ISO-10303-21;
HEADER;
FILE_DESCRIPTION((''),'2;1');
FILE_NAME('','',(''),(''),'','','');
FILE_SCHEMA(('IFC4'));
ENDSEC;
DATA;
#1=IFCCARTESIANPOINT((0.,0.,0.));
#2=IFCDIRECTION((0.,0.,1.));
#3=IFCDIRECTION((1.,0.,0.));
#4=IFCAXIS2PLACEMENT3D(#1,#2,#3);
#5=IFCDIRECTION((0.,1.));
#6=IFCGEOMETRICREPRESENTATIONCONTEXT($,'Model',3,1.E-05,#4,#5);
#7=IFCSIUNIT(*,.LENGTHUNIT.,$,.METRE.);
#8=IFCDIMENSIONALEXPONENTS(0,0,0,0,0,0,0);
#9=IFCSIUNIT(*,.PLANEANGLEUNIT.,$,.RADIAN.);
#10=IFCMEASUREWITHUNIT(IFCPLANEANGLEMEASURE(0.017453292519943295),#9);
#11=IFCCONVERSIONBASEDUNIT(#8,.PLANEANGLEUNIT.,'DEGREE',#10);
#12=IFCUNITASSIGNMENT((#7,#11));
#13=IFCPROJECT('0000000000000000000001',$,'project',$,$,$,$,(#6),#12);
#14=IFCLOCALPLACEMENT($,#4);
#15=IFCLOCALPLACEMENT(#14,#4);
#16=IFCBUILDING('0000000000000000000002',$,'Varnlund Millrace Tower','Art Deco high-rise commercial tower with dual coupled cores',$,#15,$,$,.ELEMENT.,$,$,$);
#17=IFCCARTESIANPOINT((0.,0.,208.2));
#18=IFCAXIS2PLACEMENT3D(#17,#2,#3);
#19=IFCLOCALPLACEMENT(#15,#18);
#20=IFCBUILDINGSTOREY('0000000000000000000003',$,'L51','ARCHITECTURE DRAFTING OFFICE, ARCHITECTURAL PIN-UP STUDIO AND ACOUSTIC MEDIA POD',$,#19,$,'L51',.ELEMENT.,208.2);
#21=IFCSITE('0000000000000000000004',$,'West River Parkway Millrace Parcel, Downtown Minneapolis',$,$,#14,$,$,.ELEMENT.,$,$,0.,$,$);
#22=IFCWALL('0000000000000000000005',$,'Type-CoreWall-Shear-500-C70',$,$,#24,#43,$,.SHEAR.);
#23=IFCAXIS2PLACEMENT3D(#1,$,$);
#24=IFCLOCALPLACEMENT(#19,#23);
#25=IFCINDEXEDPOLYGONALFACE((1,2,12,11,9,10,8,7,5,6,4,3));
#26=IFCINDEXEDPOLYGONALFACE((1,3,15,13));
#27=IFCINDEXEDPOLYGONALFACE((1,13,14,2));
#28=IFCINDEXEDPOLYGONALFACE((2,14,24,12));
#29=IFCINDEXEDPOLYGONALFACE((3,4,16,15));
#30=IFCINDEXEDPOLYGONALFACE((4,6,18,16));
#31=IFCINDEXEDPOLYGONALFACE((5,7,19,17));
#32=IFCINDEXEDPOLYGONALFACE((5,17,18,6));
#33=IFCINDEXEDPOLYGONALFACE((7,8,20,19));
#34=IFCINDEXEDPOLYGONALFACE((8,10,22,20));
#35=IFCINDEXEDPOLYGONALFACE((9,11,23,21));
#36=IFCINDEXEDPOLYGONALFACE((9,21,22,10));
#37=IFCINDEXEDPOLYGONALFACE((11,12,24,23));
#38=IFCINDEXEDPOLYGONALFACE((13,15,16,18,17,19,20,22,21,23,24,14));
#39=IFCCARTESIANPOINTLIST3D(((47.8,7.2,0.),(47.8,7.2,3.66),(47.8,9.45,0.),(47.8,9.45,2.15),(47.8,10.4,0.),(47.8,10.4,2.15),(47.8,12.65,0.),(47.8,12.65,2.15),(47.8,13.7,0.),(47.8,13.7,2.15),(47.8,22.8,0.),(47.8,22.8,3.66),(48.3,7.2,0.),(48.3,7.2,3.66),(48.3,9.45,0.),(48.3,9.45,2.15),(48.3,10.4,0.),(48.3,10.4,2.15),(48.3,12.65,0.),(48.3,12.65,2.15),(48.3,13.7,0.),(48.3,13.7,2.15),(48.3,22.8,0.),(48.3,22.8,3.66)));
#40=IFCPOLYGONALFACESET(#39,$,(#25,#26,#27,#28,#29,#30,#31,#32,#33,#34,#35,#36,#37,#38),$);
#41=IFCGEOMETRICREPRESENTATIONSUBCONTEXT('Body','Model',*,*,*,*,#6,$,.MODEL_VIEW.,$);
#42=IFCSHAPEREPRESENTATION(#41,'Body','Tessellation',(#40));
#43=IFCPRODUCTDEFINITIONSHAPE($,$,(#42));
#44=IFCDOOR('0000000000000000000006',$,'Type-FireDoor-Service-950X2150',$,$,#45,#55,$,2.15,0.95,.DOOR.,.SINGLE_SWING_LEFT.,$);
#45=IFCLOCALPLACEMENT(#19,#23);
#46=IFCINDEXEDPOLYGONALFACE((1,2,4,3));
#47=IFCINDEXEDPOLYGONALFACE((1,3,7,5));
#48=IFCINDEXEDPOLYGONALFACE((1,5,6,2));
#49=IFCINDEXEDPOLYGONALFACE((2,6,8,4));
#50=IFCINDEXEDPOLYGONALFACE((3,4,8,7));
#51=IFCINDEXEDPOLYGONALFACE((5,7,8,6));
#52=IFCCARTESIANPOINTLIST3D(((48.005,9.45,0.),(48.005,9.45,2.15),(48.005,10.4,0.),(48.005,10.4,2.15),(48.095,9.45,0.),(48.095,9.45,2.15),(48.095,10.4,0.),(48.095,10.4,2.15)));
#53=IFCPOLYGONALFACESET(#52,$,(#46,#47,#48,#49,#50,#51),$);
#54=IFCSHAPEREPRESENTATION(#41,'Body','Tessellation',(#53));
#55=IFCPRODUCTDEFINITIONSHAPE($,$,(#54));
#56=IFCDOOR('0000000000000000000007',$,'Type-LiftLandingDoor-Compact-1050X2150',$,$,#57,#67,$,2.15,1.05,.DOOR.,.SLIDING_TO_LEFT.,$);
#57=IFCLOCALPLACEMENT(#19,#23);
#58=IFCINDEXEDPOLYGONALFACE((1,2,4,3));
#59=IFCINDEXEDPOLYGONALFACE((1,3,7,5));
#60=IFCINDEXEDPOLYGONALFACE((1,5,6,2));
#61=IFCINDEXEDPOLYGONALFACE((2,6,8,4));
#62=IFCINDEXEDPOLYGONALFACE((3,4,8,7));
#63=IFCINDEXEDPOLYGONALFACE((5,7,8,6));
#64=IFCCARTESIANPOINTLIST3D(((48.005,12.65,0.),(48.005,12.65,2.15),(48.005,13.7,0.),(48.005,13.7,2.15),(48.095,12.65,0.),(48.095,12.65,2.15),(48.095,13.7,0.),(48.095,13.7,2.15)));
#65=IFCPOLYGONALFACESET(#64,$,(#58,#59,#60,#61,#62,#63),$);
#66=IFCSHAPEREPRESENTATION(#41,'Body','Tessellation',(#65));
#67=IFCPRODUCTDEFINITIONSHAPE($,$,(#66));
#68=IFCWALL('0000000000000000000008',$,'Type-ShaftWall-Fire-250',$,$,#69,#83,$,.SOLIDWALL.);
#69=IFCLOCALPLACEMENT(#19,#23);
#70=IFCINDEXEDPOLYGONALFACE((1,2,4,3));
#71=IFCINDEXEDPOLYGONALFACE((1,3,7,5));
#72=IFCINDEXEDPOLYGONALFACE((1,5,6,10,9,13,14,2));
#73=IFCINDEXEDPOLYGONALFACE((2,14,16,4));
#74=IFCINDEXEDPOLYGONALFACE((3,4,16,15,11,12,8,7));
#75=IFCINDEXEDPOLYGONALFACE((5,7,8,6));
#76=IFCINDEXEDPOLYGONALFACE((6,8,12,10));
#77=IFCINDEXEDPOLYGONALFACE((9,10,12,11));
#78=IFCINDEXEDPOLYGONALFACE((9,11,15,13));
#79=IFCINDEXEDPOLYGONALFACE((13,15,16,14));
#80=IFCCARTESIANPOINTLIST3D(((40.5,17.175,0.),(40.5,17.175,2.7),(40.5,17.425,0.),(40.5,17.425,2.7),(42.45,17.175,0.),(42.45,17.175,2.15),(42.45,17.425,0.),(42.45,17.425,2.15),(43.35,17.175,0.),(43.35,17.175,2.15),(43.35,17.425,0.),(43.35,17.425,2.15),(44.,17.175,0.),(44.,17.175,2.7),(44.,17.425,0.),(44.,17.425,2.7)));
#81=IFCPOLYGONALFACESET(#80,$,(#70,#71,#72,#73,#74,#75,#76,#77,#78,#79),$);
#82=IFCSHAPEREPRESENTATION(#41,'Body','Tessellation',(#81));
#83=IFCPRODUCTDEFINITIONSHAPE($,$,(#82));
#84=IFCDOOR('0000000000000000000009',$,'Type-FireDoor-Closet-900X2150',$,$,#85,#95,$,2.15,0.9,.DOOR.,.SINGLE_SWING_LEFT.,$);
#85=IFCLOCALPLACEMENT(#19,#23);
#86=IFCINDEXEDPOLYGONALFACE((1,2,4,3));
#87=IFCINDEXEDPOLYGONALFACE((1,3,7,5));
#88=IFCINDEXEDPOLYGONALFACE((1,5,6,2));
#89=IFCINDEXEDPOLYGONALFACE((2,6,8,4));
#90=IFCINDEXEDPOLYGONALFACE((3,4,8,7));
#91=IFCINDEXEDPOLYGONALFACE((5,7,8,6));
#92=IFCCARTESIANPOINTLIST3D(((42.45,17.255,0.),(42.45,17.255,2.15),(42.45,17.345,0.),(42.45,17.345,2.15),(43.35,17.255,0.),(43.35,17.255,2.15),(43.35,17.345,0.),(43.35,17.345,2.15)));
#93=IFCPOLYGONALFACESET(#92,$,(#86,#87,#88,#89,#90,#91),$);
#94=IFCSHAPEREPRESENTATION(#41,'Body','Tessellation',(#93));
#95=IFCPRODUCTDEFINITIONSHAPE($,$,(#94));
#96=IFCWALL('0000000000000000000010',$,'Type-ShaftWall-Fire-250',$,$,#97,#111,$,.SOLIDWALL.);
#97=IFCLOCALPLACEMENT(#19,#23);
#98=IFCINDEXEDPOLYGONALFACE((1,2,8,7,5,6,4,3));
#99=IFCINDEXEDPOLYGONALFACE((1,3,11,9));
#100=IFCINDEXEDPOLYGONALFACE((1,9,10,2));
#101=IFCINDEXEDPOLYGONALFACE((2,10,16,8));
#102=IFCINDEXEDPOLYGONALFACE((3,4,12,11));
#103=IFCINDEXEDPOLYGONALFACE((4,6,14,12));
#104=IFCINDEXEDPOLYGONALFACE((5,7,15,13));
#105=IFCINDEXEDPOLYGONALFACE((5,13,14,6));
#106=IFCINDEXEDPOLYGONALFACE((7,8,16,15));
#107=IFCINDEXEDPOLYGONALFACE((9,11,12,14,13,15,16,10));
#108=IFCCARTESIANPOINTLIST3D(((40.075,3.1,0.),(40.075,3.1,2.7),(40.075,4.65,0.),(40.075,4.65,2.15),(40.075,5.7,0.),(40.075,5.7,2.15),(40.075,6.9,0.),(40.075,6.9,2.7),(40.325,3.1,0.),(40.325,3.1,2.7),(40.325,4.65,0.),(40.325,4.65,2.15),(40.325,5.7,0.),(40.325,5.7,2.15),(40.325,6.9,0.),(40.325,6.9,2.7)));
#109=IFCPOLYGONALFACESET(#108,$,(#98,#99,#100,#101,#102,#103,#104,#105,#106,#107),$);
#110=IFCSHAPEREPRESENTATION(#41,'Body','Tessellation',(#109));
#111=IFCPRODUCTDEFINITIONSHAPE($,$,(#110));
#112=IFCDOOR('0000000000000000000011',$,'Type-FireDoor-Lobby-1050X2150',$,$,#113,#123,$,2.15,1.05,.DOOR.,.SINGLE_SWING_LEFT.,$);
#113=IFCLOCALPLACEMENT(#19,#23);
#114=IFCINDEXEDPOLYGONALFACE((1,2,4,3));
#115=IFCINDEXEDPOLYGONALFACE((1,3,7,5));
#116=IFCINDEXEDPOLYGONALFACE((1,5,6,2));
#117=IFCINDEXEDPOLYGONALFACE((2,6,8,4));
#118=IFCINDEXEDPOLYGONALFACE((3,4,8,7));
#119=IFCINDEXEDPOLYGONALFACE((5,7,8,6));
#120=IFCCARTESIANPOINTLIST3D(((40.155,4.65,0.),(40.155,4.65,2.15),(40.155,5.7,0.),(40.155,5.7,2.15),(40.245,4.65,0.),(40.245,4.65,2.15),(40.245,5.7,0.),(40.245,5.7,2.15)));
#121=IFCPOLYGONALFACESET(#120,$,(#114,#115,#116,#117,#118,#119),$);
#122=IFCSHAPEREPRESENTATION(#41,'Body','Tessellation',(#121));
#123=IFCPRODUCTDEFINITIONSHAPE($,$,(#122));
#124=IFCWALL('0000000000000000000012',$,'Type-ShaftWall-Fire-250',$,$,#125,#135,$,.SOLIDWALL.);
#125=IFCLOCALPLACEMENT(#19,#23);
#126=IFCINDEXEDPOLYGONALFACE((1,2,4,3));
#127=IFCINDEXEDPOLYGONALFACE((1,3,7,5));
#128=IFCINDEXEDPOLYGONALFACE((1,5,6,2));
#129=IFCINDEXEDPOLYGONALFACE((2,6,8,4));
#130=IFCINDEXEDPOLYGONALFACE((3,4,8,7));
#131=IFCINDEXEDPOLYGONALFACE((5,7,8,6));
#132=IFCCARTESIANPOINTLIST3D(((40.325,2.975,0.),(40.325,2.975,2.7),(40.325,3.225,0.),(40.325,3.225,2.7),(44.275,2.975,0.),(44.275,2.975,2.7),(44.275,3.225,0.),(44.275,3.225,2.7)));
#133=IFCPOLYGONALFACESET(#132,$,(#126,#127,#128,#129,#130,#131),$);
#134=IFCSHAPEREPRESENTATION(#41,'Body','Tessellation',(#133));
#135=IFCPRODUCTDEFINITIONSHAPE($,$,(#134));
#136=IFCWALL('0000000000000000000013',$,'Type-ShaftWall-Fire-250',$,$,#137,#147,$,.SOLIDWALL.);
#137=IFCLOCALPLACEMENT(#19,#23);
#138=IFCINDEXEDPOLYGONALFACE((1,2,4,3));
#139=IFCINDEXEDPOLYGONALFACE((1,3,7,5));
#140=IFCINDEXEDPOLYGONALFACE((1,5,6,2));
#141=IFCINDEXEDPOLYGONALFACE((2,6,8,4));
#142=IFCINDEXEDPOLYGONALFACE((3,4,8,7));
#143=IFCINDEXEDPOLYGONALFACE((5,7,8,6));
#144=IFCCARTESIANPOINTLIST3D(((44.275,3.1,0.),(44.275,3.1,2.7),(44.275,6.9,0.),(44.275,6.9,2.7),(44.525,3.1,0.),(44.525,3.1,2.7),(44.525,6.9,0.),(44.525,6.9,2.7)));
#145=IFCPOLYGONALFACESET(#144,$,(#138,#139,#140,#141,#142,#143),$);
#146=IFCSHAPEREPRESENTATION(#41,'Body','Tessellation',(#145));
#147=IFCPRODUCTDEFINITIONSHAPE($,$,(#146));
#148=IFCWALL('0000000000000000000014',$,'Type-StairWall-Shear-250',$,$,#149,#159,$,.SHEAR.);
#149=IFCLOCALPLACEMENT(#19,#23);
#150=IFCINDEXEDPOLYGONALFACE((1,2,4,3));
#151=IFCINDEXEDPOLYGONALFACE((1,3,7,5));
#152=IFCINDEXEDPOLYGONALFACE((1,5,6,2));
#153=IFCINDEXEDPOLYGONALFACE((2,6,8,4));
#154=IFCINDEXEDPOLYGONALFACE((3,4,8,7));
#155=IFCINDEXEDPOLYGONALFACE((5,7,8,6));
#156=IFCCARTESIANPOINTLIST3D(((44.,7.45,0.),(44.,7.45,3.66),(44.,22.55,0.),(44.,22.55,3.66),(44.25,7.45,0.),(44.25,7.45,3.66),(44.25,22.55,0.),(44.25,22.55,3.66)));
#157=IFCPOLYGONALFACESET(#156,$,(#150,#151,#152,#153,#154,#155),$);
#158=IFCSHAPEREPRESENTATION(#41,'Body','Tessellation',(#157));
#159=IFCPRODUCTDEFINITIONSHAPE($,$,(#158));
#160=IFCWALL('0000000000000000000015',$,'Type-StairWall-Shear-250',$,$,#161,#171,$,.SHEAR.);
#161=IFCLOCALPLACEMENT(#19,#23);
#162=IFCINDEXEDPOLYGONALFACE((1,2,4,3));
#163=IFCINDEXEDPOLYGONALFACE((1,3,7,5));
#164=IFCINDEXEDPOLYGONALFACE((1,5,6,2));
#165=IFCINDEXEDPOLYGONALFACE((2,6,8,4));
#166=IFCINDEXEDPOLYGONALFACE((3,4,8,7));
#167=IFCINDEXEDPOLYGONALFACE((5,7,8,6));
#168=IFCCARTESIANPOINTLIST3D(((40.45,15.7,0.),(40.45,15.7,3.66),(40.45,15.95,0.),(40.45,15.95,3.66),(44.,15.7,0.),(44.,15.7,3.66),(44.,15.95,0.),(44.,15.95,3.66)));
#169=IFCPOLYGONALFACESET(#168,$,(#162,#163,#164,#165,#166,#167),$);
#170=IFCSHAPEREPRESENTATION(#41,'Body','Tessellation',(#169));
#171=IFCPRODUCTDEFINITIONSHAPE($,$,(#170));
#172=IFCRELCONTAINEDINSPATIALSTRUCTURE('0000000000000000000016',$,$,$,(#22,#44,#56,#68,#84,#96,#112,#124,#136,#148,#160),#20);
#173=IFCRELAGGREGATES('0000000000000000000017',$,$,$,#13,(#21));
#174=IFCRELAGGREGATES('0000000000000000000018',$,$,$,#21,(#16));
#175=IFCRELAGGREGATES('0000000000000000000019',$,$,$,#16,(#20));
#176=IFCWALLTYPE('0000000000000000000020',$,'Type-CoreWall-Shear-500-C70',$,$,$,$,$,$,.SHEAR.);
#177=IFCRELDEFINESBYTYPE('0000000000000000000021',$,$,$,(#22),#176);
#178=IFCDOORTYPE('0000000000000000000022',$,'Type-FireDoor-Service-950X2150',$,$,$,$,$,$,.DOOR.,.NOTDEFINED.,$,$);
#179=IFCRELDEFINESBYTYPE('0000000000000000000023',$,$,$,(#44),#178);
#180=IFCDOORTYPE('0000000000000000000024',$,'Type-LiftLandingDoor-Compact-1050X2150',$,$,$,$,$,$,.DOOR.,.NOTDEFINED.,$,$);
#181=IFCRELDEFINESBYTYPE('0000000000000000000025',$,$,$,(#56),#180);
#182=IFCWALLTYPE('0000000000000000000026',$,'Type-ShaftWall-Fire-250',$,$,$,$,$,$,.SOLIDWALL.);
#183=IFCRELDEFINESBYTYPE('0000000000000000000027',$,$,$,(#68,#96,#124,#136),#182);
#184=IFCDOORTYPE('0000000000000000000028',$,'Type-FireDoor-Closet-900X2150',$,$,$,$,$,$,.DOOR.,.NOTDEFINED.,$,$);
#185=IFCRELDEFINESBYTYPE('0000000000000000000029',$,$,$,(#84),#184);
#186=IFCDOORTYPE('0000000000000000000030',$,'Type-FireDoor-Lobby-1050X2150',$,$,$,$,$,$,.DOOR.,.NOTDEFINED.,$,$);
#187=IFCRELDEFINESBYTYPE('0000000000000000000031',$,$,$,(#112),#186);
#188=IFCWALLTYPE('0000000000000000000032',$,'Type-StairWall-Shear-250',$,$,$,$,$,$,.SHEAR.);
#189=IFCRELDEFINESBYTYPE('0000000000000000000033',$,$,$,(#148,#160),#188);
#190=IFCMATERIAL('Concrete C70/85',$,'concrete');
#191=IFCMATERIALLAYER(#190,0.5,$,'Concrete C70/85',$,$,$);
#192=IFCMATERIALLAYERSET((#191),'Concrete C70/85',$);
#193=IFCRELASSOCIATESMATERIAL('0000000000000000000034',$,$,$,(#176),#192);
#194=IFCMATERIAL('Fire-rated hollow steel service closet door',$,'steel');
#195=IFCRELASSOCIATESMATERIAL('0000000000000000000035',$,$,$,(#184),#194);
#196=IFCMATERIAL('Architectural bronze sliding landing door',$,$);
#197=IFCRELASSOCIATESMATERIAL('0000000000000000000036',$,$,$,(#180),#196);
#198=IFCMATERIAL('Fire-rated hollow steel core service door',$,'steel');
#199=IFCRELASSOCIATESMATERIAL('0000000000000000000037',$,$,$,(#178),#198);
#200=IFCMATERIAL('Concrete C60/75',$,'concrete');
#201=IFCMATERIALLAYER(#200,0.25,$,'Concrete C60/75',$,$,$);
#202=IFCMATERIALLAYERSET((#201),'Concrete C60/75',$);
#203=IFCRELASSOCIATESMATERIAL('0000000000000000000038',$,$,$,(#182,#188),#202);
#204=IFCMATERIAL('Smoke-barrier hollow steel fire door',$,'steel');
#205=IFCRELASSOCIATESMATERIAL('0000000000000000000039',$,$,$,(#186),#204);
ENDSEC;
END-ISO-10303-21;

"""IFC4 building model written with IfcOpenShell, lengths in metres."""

from ifc_helpers import new_model, entity, si_unit, converted_unit, direction, frame, origin_with_axes, origin_2d_with_axis, place, context, subcontext, project, spatial, polyline, rectangle, outline, extrude, material, layer, layer_set, type_object, element, fill, save


model = new_model("IFC4")

# Units and contexts
model_context = context("Model", 3, precision=1e-05, world=origin_with_axes(), true_north=direction((0.0, 1.0)))
body_context = subcontext(model_context, "Body", "Model", "MODEL_VIEW")
ifc_project = project(units=[si_unit("LENGTHUNIT", "METRE"), converted_unit("PLANEANGLEUNIT", "DEGREE", entity("IfcPlaneAngleMeasure", 0.017453292519943295), si_unit("PLANEANGLEUNIT", "RADIAN"), dimensions=[0, 0, 0, 0, 0, 0, 0])], contexts=[model_context])

# Site, building, storey
site_placement = place(None, origin_with_axes())
site = spatial("IfcSite", under=ifc_project, at=site_placement, Name="West River Parkway Millrace Parcel, Downtown Minneapolis", CompositionType="ELEMENT", RefElevation=0.0)
building_placement = place(site_placement, origin_with_axes())
building = spatial("IfcBuilding", under=site, at=building_placement, Name="Varnlund Millrace Tower", Description="Art Deco high-rise commercial tower with dual coupled cores", CompositionType="ELEMENT")
storey_placement = place(building_placement, frame((0.0, 0.0, 208.2), z_axis=(0.0, 0.0, 1.0), x_axis=(1.0, 0.0, 0.0)))
storey = spatial("IfcBuildingStorey", under=building, at=storey_placement, Name="L51", Description="ARCHITECTURE DRAFTING OFFICE, ARCHITECTURAL PIN-UP STUDIO AND ACOUSTIC MEDIA POD", LongName="L51", CompositionType="ELEMENT", Elevation=208.2)

# Shared definitions
ifc_material_1 = material(Name="Concrete C70/85", Category="concrete")

# Shared definitions
ifc_layer_1 = layer(ifc_material_1, 0.5, Name="Concrete C70/85")
ifc_layer_set_1 = layer_set([ifc_layer_1], Name="Concrete C70/85")
wall_type_1 = type_object("IfcWallType", Name="Type-CoreWall-Shear-500-C70", PredefinedType="SHEAR", material=ifc_layer_set_1)
ifc_material_2 = material(Name="Fire-rated hollow steel service closet door", Category="steel")
door_type_1 = type_object("IfcDoorType", Name="Type-FireDoor-Closet-900X2150", OperationType="NOTDEFINED", PredefinedType="DOOR", material=ifc_material_2)
ifc_material_3 = material(Name="Architectural bronze sliding landing door")
door_type_2 = type_object("IfcDoorType", Name="Type-LiftLandingDoor-Compact-1050X2150", OperationType="NOTDEFINED", PredefinedType="DOOR", material=ifc_material_3)

# Wall, openings, doors
wall_1_placement = place(storey_placement, frame((48.05, 7.2, 0.0), z_axis=(0.0, 0.0, 1.0), x_axis=(0.0, 1.0, 0.0)))
wall_1 = element("IfcWall", 1, at=wall_1_placement, inside=storey, type_object=wall_type_1, Name="Type-CoreWall-Shear-500-C70", PredefinedType="SHEAR", context=body_context, shape_type="SweptSolid", body=[
    extrude(outline(polyline([(0.0, -0.25), (15.6, -0.25), (15.6, 0.25), (0.0, 0.25), (0.0, -0.25)])), origin_with_axes(), (0.0, 0.0, 1.0), 3.66),
])
opening_1_placement = place(wall_1_placement, frame((5.975, 0.0, 0.0), z_axis=(0.0, 0.0, 1.0), x_axis=(1.0, 0.0, 0.0)))
opening_1 = element("IfcOpeningElement", 2, at=opening_1_placement, cuts=wall_1, PredefinedType="OPENING", context=body_context, shape_type="SweptSolid", body=[
    extrude(rectangle(XDim=1.05, YDim=0.52, at=origin_2d_with_axis()), origin_with_axes(), (0.0, 0.0, 1.0), 2.15),
])
opening_2_placement = place(wall_1_placement, frame((2.725, 0.0, 0.0), z_axis=(0.0, 0.0, 1.0), x_axis=(1.0, 0.0, 0.0)))
opening_2 = element("IfcOpeningElement", 3, at=opening_2_placement, cuts=wall_1, PredefinedType="OPENING", context=body_context, shape_type="SweptSolid", body=[
    extrude(rectangle(XDim=0.95, YDim=0.52, at=origin_2d_with_axis()), origin_with_axes(), (0.0, 0.0, 1.0), 2.15),
])
ifc_material_4 = material(Name="Fire-rated hollow steel core service door", Category="steel")
door_type_3 = type_object("IfcDoorType", Name="Type-FireDoor-Service-950X2150", OperationType="NOTDEFINED", PredefinedType="DOOR", material=ifc_material_4)
door_1_placement = place(wall_1_placement, frame((2.725, 0.0, 0.0), z_axis=(0.0, 0.0, 1.0), x_axis=(1.0, 0.0, 0.0)))
door_1 = element("IfcDoor", 4, at=door_1_placement, inside=storey, type_object=door_type_3, Name="Type-FireDoor-Service-950X2150", OperationType="SINGLE_SWING_LEFT", OverallHeight=2.15, OverallWidth=0.95, PredefinedType="DOOR", context=body_context, shape_type="SweptSolid", body=[
    extrude(rectangle(XDim=0.95, YDim=0.09, at=origin_2d_with_axis()), origin_with_axes(), (0.0, 0.0, 1.0), 2.15),
])
fill(opening_2, door_1)
door_2_placement = place(wall_1_placement, frame((5.975, 0.0, 0.0), z_axis=(0.0, 0.0, 1.0), x_axis=(1.0, 0.0, 0.0)))
door_2 = element("IfcDoor", 5, at=door_2_placement, inside=storey, type_object=door_type_2, Name="Type-LiftLandingDoor-Compact-1050X2150", OperationType="SLIDING_TO_LEFT", OverallHeight=2.15, OverallWidth=1.05, PredefinedType="DOOR", context=body_context, shape_type="SweptSolid", body=[
    extrude(rectangle(XDim=1.05, YDim=0.09, at=origin_2d_with_axis()), origin_with_axes(), (0.0, 0.0, 1.0), 2.15),
])
fill(opening_1, door_2)

# Walls, openings, doors
ifc_material_5 = material(Name="Concrete C60/75", Category="concrete")
ifc_layer_2 = layer(ifc_material_5, 0.25, Name="Concrete C60/75")
ifc_layer_set_2 = layer_set([ifc_layer_2], Name="Concrete C60/75")
wall_type_2 = type_object("IfcWallType", Name="Type-ShaftWall-Fire-250", PredefinedType="SOLIDWALL", material=ifc_layer_set_2)
wall_2_placement = place(storey_placement, frame((40.5, 17.3, 0.0), z_axis=(0.0, 0.0, 1.0), x_axis=(1.0, 0.0, 0.0)))
wall_2 = element("IfcWall", 6, at=wall_2_placement, inside=storey, type_object=wall_type_2, Name="Type-ShaftWall-Fire-250", PredefinedType="SOLIDWALL", context=body_context, shape_type="SweptSolid", body=[
    extrude(outline(polyline([(0.0, -0.125), (3.5, -0.125), (3.5, 0.125), (0.0, 0.125), (0.0, -0.125)])), origin_with_axes(), (0.0, 0.0, 1.0), 2.7),
])
opening_3_placement = place(wall_2_placement, frame((2.4, 0.0, 0.0), z_axis=(0.0, 0.0, 1.0), x_axis=(1.0, 0.0, 0.0)))
opening_3 = element("IfcOpeningElement", 7, at=opening_3_placement, cuts=wall_2, PredefinedType="OPENING", context=body_context, shape_type="SweptSolid", body=[
    extrude(rectangle(XDim=0.9, YDim=0.27, at=origin_2d_with_axis()), origin_with_axes(), (0.0, 0.0, 1.0), 2.15),
])
door_3_placement = place(wall_2_placement, frame((2.4, 0.0, 0.0), z_axis=(0.0, 0.0, 1.0), x_axis=(1.0, 0.0, 0.0)))
door_3 = element("IfcDoor", 8, at=door_3_placement, inside=storey, type_object=door_type_1, Name="Type-FireDoor-Closet-900X2150", OperationType="SINGLE_SWING_LEFT", OverallHeight=2.15, OverallWidth=0.9, PredefinedType="DOOR", context=body_context, shape_type="SweptSolid", body=[
    extrude(rectangle(XDim=0.9, YDim=0.09, at=origin_2d_with_axis()), origin_with_axes(), (0.0, 0.0, 1.0), 2.15),
])
fill(opening_3, door_3)
wall_3_placement = place(storey_placement, frame((40.2, 3.1, 0.0), z_axis=(0.0, 0.0, 1.0), x_axis=(0.0, 1.0, 0.0)))
wall_3 = element("IfcWall", 9, at=wall_3_placement, inside=storey, type_object=wall_type_2, Name="Type-ShaftWall-Fire-250", PredefinedType="SOLIDWALL", context=body_context, shape_type="SweptSolid", body=[
    extrude(outline(polyline([(0.0, -0.125), (3.8, -0.125), (3.8, 0.125), (0.0, 0.125), (0.0, -0.125)])), origin_with_axes(), (0.0, 0.0, 1.0), 2.7),
])
opening_4_placement = place(wall_3_placement, frame((2.075, 0.0, 0.0), z_axis=(0.0, 0.0, 1.0), x_axis=(1.0, 0.0, 0.0)))
opening_4 = element("IfcOpeningElement", 10, at=opening_4_placement, cuts=wall_3, PredefinedType="OPENING", context=body_context, shape_type="SweptSolid", body=[
    extrude(rectangle(XDim=1.05, YDim=0.27, at=origin_2d_with_axis()), origin_with_axes(), (0.0, 0.0, 1.0), 2.15),
])
ifc_material_6 = material(Name="Smoke-barrier hollow steel fire door", Category="steel")
door_type_4 = type_object("IfcDoorType", Name="Type-FireDoor-Lobby-1050X2150", OperationType="NOTDEFINED", PredefinedType="DOOR", material=ifc_material_6)
door_4_placement = place(wall_3_placement, frame((2.075, 0.0, 0.0), z_axis=(0.0, 0.0, 1.0), x_axis=(1.0, 0.0, 0.0)))
door_4 = element("IfcDoor", 11, at=door_4_placement, inside=storey, type_object=door_type_4, Name="Type-FireDoor-Lobby-1050X2150", OperationType="SINGLE_SWING_LEFT", OverallHeight=2.15, OverallWidth=1.05, PredefinedType="DOOR", context=body_context, shape_type="SweptSolid", body=[
    extrude(rectangle(XDim=1.05, YDim=0.09, at=origin_2d_with_axis()), origin_with_axes(), (0.0, 0.0, 1.0), 2.15),
])
fill(opening_4, door_4)

# Walls
wall_4_placement = place(storey_placement, frame((40.325, 3.1, 0.0), z_axis=(0.0, 0.0, 1.0), x_axis=(1.0, 0.0, 0.0)))
element("IfcWall", 12, at=wall_4_placement, inside=storey, type_object=wall_type_2, Name="Type-ShaftWall-Fire-250", PredefinedType="SOLIDWALL", context=body_context, shape_type="SweptSolid", body=[
    extrude(outline(polyline([(0.0, -0.125), (3.95, -0.125), (3.95, 0.125), (0.0, 0.125), (0.0, -0.125)])), origin_with_axes(), (0.0, 0.0, 1.0), 2.7),
])
wall_5_placement = place(storey_placement, frame((44.4, 3.1, 0.0), z_axis=(0.0, 0.0, 1.0), x_axis=(0.0, 1.0, 0.0)))
element("IfcWall", 13, at=wall_5_placement, inside=storey, type_object=wall_type_2, Name="Type-ShaftWall-Fire-250", PredefinedType="SOLIDWALL", context=body_context, shape_type="SweptSolid", body=[
    extrude(outline(polyline([(0.0, -0.125), (3.8, -0.125), (3.8, 0.125), (0.0, 0.125), (0.0, -0.125)])), origin_with_axes(), (0.0, 0.0, 1.0), 2.7),
])
wall_type_3 = type_object("IfcWallType", Name="Type-StairWall-Shear-250", PredefinedType="SHEAR", material=ifc_layer_set_2)
wall_6_placement = place(storey_placement, frame((44.125, 7.45, 0.0), z_axis=(0.0, 0.0, 1.0), x_axis=(0.0, 1.0, 0.0)))
element("IfcWall", 14, at=wall_6_placement, inside=storey, type_object=wall_type_3, Name="Type-StairWall-Shear-250", PredefinedType="SHEAR", context=body_context, shape_type="SweptSolid", body=[
    extrude(outline(polyline([(0.0, -0.125), (15.1, -0.125), (15.1, 0.125), (0.0, 0.125), (0.0, -0.125)])), origin_with_axes(), (0.0, 0.0, 1.0), 3.66),
])
for number, where, z_axis, x_axis, name in (
    (15, (40.45, 15.825, 0.0), (0.0, 0.0, 1.0), (1.0, 0.0, 0.0), "Type-StairWall-Shear-250"),
):
    element("IfcWall", number, at=place(storey_placement, frame(where, z_axis=z_axis, x_axis=x_axis)), inside=storey, type_object=wall_type_3, Name=name, PredefinedType="SHEAR", context=body_context, shape_type="SweptSolid", body=[
        extrude(outline(polyline([(0.0, -0.125), (3.55, -0.125), (3.55, 0.125), (0.0, 0.125), (0.0, -0.125)])), origin_with_axes(), (0.0, 0.0, 1.0), 3.66),
    ])

save(model, "model.ifc")
